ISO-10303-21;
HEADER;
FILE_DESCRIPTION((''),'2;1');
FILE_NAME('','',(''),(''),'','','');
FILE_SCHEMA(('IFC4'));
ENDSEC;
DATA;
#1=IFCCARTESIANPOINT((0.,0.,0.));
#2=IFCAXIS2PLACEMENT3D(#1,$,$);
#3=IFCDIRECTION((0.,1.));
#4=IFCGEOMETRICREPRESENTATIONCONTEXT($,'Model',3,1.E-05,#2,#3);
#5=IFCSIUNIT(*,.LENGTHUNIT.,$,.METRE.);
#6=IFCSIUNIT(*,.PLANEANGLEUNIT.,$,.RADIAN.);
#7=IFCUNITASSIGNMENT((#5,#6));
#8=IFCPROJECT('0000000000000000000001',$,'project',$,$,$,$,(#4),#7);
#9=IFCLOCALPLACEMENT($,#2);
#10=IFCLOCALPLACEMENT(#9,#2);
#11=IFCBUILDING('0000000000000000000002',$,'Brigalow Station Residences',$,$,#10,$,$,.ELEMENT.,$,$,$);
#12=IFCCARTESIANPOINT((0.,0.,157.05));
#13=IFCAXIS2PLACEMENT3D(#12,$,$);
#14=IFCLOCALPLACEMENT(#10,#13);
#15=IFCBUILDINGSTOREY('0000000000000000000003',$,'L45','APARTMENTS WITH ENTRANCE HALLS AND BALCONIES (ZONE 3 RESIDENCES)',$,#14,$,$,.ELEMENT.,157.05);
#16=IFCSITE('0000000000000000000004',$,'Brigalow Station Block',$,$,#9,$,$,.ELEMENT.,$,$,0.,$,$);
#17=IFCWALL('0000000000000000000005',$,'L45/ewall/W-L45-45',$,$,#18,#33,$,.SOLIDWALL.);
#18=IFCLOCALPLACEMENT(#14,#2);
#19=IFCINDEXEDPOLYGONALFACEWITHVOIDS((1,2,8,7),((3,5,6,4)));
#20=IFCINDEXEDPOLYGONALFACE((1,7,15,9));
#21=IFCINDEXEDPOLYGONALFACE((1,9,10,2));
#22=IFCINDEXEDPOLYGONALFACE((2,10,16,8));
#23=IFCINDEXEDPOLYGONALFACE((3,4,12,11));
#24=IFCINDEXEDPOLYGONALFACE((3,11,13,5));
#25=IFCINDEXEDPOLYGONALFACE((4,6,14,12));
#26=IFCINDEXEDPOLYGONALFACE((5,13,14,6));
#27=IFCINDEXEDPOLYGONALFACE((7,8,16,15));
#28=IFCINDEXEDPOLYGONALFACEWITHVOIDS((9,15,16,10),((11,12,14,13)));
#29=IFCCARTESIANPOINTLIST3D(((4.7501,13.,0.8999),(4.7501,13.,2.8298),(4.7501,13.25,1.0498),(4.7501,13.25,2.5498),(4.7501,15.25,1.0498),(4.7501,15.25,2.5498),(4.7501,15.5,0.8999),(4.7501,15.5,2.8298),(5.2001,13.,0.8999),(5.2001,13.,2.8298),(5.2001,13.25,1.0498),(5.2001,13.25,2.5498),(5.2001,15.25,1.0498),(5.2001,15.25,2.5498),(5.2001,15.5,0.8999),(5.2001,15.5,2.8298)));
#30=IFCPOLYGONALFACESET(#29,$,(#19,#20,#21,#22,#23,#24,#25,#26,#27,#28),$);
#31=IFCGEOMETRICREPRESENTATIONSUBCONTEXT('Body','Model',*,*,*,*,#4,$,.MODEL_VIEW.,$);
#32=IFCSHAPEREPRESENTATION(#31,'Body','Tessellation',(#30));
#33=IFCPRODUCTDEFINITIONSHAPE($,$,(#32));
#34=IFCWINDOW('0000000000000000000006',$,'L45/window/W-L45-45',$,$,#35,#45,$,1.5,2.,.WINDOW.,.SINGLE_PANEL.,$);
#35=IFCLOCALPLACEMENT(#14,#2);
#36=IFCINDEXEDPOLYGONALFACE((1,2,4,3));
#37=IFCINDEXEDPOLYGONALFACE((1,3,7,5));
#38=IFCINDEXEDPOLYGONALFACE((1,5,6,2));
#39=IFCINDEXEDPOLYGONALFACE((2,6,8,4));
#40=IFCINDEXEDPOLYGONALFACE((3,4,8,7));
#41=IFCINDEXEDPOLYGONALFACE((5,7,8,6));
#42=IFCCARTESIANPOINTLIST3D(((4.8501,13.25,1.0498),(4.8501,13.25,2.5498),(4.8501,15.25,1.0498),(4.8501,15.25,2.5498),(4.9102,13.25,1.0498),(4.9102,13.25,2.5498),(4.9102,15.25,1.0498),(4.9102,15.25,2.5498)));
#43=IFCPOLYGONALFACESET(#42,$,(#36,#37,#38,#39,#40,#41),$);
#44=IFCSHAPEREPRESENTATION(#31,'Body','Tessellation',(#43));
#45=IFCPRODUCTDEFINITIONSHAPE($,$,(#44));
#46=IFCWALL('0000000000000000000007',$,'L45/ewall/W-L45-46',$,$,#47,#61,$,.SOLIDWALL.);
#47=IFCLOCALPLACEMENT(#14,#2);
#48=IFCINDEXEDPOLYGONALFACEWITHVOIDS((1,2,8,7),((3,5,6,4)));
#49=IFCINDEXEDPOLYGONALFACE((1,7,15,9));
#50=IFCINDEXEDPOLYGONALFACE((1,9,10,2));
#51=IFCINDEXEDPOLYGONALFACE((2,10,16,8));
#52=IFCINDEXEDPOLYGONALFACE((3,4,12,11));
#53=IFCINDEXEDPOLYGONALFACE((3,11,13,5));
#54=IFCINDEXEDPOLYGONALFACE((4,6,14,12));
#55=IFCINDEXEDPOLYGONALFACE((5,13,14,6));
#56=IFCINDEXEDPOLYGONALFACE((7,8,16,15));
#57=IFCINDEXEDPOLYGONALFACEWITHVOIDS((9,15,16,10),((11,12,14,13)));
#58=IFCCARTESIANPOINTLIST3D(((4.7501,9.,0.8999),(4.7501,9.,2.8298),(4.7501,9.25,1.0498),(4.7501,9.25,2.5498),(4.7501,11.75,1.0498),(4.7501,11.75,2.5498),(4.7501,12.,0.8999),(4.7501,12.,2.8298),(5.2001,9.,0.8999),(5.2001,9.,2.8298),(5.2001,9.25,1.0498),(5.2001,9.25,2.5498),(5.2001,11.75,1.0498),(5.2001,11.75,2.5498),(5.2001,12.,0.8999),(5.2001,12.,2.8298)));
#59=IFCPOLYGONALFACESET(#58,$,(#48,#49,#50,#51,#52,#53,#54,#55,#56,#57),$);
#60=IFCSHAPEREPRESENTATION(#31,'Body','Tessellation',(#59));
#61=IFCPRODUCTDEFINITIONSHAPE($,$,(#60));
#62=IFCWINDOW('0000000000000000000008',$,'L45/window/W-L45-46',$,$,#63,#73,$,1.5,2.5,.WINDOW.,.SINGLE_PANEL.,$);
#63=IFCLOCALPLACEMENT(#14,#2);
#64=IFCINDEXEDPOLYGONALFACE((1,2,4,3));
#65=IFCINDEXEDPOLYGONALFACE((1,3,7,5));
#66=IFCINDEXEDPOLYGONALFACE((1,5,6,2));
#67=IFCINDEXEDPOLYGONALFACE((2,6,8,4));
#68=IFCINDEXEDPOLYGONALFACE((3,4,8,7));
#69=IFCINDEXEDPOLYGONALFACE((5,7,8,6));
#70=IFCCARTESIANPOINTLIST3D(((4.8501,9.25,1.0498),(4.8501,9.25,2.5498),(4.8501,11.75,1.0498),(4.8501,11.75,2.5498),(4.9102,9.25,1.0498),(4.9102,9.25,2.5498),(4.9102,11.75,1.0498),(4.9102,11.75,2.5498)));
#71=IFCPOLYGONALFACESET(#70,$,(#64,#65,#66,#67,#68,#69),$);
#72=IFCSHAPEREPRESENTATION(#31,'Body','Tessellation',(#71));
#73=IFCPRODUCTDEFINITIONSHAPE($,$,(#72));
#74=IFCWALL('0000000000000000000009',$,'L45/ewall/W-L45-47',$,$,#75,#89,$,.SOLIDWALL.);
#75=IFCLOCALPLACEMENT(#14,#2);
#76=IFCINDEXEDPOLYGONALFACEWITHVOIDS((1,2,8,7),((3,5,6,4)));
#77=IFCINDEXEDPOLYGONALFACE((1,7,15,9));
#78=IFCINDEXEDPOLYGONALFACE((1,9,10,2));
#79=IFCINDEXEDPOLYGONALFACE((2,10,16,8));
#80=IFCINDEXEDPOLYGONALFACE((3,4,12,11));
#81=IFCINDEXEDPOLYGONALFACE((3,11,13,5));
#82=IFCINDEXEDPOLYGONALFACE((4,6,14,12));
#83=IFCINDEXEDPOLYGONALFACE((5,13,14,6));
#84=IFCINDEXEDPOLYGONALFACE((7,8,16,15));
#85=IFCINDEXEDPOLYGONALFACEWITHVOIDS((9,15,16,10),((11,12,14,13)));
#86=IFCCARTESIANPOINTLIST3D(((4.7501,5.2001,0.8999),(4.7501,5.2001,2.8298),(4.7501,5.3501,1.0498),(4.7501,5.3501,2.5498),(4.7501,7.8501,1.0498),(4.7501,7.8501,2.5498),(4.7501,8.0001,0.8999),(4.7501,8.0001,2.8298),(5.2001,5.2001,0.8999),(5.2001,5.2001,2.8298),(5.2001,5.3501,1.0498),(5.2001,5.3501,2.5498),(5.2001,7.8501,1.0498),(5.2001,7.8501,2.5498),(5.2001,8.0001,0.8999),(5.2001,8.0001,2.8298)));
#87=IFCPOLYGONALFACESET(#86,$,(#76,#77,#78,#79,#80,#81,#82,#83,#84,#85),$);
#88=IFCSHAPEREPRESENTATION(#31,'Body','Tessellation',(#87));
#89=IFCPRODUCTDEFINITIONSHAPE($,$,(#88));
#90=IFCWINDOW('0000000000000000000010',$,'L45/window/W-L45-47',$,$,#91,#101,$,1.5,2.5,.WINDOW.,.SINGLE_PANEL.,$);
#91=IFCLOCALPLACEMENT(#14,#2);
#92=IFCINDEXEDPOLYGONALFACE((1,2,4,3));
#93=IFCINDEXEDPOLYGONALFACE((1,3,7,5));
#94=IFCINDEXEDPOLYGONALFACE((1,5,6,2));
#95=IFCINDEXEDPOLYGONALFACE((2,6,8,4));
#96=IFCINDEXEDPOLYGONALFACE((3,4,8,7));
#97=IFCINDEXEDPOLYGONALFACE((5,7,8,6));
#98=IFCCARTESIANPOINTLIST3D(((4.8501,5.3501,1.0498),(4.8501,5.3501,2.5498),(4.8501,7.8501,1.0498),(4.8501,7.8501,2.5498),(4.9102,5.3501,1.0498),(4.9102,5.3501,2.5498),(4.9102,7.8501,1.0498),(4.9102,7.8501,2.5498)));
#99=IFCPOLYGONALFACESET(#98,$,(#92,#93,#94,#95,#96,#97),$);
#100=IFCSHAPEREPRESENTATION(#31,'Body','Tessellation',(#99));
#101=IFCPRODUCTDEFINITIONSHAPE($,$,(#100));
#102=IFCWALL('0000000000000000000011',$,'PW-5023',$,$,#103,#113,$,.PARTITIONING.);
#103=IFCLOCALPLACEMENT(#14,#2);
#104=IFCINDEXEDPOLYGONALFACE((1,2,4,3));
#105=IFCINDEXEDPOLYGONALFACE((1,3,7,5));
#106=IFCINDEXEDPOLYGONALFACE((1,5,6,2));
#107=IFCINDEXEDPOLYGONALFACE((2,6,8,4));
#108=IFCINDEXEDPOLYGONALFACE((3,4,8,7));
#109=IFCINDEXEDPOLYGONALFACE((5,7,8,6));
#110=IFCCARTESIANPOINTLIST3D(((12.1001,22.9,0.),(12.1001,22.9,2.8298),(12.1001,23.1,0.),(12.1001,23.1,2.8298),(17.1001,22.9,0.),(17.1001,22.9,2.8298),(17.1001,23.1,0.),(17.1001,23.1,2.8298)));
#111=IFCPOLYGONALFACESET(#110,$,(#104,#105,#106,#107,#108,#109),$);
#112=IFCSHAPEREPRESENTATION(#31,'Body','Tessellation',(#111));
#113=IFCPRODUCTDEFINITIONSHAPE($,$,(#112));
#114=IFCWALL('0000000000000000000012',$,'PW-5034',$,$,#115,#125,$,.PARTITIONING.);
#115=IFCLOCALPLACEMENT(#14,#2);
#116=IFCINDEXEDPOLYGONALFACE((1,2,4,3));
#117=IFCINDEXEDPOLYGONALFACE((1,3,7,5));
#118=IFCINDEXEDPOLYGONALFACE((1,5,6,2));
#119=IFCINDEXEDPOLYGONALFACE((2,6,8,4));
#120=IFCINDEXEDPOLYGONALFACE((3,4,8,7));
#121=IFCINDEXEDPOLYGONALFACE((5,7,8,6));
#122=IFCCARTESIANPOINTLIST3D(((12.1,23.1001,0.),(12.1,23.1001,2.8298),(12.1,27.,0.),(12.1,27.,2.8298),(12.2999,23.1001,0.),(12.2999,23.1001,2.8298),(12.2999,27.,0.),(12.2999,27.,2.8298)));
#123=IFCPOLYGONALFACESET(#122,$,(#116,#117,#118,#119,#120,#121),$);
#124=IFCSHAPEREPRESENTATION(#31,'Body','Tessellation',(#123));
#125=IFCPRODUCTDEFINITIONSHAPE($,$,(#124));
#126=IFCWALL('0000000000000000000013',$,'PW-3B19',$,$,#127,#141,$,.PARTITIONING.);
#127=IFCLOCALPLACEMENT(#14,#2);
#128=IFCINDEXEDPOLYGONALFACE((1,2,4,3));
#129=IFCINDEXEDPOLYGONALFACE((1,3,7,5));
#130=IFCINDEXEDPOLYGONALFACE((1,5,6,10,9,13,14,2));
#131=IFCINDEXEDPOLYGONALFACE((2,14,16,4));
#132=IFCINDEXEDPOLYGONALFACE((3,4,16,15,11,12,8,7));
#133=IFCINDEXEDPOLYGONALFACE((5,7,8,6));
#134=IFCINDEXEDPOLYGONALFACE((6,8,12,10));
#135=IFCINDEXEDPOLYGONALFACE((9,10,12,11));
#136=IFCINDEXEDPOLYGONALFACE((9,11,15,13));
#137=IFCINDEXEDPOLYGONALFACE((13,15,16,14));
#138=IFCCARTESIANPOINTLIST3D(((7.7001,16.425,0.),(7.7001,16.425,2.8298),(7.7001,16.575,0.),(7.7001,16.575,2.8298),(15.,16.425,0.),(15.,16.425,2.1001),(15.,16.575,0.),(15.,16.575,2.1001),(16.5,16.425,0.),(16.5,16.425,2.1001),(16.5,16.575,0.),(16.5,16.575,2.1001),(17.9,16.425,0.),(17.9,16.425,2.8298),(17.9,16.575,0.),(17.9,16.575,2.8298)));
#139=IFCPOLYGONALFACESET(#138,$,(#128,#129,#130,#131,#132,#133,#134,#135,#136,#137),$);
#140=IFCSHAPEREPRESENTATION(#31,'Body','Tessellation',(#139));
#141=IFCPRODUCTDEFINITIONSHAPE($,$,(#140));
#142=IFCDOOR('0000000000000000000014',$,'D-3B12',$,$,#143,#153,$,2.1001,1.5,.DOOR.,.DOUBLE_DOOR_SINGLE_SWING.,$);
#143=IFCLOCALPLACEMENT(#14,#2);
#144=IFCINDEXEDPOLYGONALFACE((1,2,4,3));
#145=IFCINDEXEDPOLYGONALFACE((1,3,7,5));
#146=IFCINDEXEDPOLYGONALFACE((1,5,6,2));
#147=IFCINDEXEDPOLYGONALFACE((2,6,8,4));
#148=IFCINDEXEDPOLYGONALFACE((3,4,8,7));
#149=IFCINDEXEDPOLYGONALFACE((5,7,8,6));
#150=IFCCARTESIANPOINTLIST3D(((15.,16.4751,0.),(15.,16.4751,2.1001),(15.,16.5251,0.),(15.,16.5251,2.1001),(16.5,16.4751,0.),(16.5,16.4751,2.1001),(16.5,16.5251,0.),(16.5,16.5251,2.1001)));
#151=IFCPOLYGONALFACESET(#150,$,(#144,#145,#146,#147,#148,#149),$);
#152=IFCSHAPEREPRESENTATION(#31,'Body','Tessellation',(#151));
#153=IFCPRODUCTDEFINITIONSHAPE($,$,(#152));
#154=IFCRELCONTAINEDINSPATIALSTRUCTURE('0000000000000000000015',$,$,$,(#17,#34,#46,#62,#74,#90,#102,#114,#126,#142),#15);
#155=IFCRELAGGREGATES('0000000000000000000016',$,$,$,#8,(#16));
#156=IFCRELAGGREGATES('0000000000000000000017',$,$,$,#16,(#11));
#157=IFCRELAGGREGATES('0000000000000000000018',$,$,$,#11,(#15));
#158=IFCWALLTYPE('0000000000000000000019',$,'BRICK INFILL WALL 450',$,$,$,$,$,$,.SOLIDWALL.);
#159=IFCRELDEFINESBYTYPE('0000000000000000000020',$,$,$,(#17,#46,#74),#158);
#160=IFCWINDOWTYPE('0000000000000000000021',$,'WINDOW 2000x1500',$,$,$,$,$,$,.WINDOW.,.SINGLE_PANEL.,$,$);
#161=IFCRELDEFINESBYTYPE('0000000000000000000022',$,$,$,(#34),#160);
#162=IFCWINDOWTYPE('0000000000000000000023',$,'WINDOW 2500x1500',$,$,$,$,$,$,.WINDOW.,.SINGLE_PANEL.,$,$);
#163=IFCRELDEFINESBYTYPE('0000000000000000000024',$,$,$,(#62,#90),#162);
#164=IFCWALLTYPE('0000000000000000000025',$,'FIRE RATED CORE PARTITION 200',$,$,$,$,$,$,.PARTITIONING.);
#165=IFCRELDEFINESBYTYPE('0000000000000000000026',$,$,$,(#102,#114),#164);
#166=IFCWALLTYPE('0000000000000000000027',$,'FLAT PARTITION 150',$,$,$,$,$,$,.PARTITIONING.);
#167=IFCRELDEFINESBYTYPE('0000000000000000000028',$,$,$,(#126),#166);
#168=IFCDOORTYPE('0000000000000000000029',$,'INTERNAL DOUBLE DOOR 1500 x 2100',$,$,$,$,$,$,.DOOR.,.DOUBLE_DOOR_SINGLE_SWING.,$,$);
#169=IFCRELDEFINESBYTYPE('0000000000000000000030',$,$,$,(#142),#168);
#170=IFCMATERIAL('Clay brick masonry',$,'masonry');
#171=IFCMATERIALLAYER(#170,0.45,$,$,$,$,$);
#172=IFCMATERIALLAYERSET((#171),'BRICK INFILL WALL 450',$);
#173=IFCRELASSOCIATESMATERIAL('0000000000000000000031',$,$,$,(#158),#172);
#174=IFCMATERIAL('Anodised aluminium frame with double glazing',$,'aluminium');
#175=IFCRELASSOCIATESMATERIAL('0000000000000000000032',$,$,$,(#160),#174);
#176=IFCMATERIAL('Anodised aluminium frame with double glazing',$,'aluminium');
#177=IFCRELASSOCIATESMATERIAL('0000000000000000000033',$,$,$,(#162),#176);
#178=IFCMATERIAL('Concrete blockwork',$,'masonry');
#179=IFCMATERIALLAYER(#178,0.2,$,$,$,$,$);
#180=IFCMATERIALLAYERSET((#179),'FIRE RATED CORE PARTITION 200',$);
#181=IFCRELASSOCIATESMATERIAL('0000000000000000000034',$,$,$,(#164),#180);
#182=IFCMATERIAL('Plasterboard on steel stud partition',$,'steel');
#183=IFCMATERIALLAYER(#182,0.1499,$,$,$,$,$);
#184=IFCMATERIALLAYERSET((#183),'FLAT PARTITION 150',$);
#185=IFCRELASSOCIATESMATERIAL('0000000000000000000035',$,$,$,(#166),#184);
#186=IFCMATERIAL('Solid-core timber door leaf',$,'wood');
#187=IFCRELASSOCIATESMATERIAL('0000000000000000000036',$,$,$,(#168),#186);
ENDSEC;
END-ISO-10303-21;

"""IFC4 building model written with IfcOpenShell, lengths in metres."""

from ifc_helpers import new_model, si_unit, direction, frame, frame_2d, origin, place, context, subcontext, project, spatial, rectangle, extrude, material, layer, layer_set, type_object, element, fill, save


model = new_model("IFC4")

# Units and contexts
model_context = context("Model", 3, precision=1e-05, world=origin(), true_north=direction((0.0, 1.0)))
body_context = subcontext(model_context, "Body", "Model", "MODEL_VIEW")
ifc_project = project(units=[si_unit("LENGTHUNIT", "METRE"), si_unit("PLANEANGLEUNIT", "RADIAN")], contexts=[model_context])

# Site, building, storey
site_placement = place(None, origin())
site = spatial("IfcSite", under=ifc_project, at=site_placement, Name="Brigalow Station Block", CompositionType="ELEMENT", RefElevation=0.0)
building_placement = place(site_placement, origin())
building = spatial("IfcBuilding", under=site, at=building_placement, Name="Brigalow Station Residences", CompositionType="ELEMENT")
storey_placement = place(building_placement, frame((0.0, 0.0, 157.05)))
storey = spatial("IfcBuildingStorey", under=building, at=storey_placement, Name="L45", Description="APARTMENTS WITH ENTRANCE HALLS AND BALCONIES (ZONE 3 RESIDENCES)", CompositionType="ELEMENT", Elevation=157.05)

# Shared definitions
ifc_material_1 = material(Name="Clay brick masonry", Category="masonry")
ifc_layer_1 = layer(ifc_material_1, 0.45)
ifc_layer_set_1 = layer_set([ifc_layer_1], Name="BRICK INFILL WALL 450")
wall_type_1 = type_object("IfcWallType", Name="BRICK INFILL WALL 450", PredefinedType="SOLIDWALL", material=ifc_layer_set_1)

# Walls, openings, windows
wall_1_placement = place(storey_placement, frame((4.9751, 15.5, 0.8999), z_axis=(0.0, 0.0, 1.0), x_axis=(0.0, -1.0, 0.0)))
wall_1 = element("IfcWall", 1, at=wall_1_placement, inside=storey, type_object=wall_type_1, Name="L45/ewall/W-L45-45", PredefinedType="SOLIDWALL", context=body_context, shape_type="SweptSolid", body=[
    extrude(rectangle(XDim=2.5, YDim=0.45, at=frame_2d((1.25, 0.0))), origin(), (0.0, 0.0, 1.0), 1.9299),
])
opening_1_placement = place(wall_1_placement, frame((0.25, 0.0, 0.1499)))
opening_1 = element("IfcOpeningElement", 2, at=opening_1_placement, cuts=wall_1, PredefinedType="OPENING", context=body_context, shape_type="SweptSolid", body=[
    extrude(rectangle(XDim=2.0, YDim=1.5, at=frame_2d((1.0, 0.75))), frame((0.0, 0.2349, 0.0), z_axis=(0.0, -1.0, 0.0), x_axis=(1.0, 0.0, 0.0)), (0.0, 0.0, 1.0), 0.47),
])
ifc_material_2 = material(Name="Anodised aluminium frame with double glazing", Category="aluminium")
window_type_1 = type_object("IfcWindowType", Name="WINDOW 2000x1500", PartitioningType="SINGLE_PANEL", PredefinedType="WINDOW", material=ifc_material_2)
window_1_placement = place(opening_1_placement, origin())
window_1 = element("IfcWindow", 3, at=window_1_placement, inside=storey, type_object=window_type_1, Name="L45/window/W-L45-45", OverallHeight=1.5, OverallWidth=2.0, PartitioningType="SINGLE_PANEL", PredefinedType="WINDOW", context=body_context, shape_type="SweptSolid", body=[
    extrude(rectangle(XDim=2.0, YDim=1.5, at=frame_2d((1.0, 0.75))), frame((0.0, -0.0649, 0.0), z_axis=(0.0, -1.0, 0.0), x_axis=(1.0, 0.0, 0.0)), (0.0, 0.0, 1.0), 0.0601),
])
fill(opening_1, window_1)
wall_2_placement = place(storey_placement, frame((4.9751, 12.0, 0.8999), z_axis=(0.0, 0.0, 1.0), x_axis=(0.0, -1.0, 0.0)))
wall_2 = element("IfcWall", 4, at=wall_2_placement, inside=storey, type_object=wall_type_1, Name="L45/ewall/W-L45-46", PredefinedType="SOLIDWALL", context=body_context, shape_type="SweptSolid", body=[
    extrude(rectangle(XDim=3.0, YDim=0.45, at=frame_2d((1.5, 0.0))), origin(), (0.0, 0.0, 1.0), 1.9299),
])
opening_2_placement = place(wall_2_placement, frame((0.25, 0.0, 0.1499)))
opening_2 = element("IfcOpeningElement", 5, at=opening_2_placement, cuts=wall_2, PredefinedType="OPENING", context=body_context, shape_type="SweptSolid", body=[
    extrude(rectangle(XDim=2.5, YDim=1.5, at=frame_2d((1.25, 0.75))), frame((0.0, 0.2349, 0.0), z_axis=(0.0, -1.0, 0.0), x_axis=(1.0, 0.0, 0.0)), (0.0, 0.0, 1.0), 0.47),
])
ifc_material_3 = material(Name="Anodised aluminium frame with double glazing", Category="aluminium")
window_type_2 = type_object("IfcWindowType", Name="WINDOW 2500x1500", PartitioningType="SINGLE_PANEL", PredefinedType="WINDOW", material=ifc_material_3)
window_2_placement = place(opening_2_placement, origin())
window_2 = element("IfcWindow", 6, at=window_2_placement, inside=storey, type_object=window_type_2, Name="L45/window/W-L45-46", OverallHeight=1.5, OverallWidth=2.5, PartitioningType="SINGLE_PANEL", PredefinedType="WINDOW", context=body_context, shape_type="SweptSolid", body=[
    extrude(rectangle(XDim=2.5, YDim=1.5, at=frame_2d((1.25, 0.75))), frame((0.0, -0.0649, 0.0), z_axis=(0.0, -1.0, 0.0), x_axis=(1.0, 0.0, 0.0)), (0.0, 0.0, 1.0), 0.0601),
])
fill(opening_2, window_2)
wall_3_placement = place(storey_placement, frame((4.9751, 8.0, 0.8999), z_axis=(0.0, 0.0, 1.0), x_axis=(0.0, -1.0, 0.0)))
wall_3 = element("IfcWall", 7, at=wall_3_placement, inside=storey, type_object=wall_type_1, Name="L45/ewall/W-L45-47", PredefinedType="SOLIDWALL", context=body_context, shape_type="SweptSolid", body=[
    extrude(rectangle(XDim=2.8, YDim=0.45, at=frame_2d((1.3999, 0.0))), origin(), (0.0, 0.0, 1.0), 1.9299),
])
opening_3_placement = place(wall_3_placement, frame((0.1499, 0.0, 0.1499)))
opening_3 = element("IfcOpeningElement", 8, at=opening_3_placement, cuts=wall_3, PredefinedType="OPENING", context=body_context, shape_type="SweptSolid", body=[
    extrude(rectangle(XDim=2.5, YDim=1.5, at=frame_2d((1.25, 0.75))), frame((0.0, 0.2349, 0.0), z_axis=(0.0, -1.0, 0.0), x_axis=(1.0, 0.0, 0.0)), (0.0, 0.0, 1.0), 0.47),
])
window_3_placement = place(opening_3_placement, origin())
window_3 = element("IfcWindow", 9, at=window_3_placement, inside=storey, type_object=window_type_2, Name="L45/window/W-L45-47", OverallHeight=1.5, OverallWidth=2.5, PartitioningType="SINGLE_PANEL", PredefinedType="WINDOW", context=body_context, shape_type="SweptSolid", body=[
    extrude(rectangle(XDim=2.5, YDim=1.5, at=frame_2d((1.25, 0.75))), frame((0.0, -0.0649, 0.0), z_axis=(0.0, -1.0, 0.0), x_axis=(1.0, 0.0, 0.0)), (0.0, 0.0, 1.0), 0.0601),
])
fill(opening_3, window_3)

# Walls
ifc_material_4 = material(Name="Concrete blockwork", Category="masonry")
ifc_layer_2 = layer(ifc_material_4, 0.2)
ifc_layer_set_2 = layer_set([ifc_layer_2], Name="FIRE RATED CORE PARTITION 200")
wall_type_2 = type_object("IfcWallType", Name="FIRE RATED CORE PARTITION 200", PredefinedType="PARTITIONING", material=ifc_layer_set_2)
wall_4_placement = place(storey_placement, frame((12.1001, 23.0, 0.0), z_axis=(0.0, 0.0, 1.0), x_axis=(1.0, 0.0, 0.0)))
element("IfcWall", 10, at=wall_4_placement, inside=storey, type_object=wall_type_2, Name="PW-5023", PredefinedType="PARTITIONING", context=body_context, shape_type="SweptSolid", body=[
    extrude(rectangle(XDim=5.0, YDim=0.2, at=frame_2d((2.5, 0.0))), origin(), (0.0, 0.0, 1.0), 2.8298),
])
wall_5_placement = place(storey_placement, frame((12.2, 23.1001, 0.0), z_axis=(0.0, 0.0, 1.0), x_axis=(0.0, 1.0, 0.0)))
element("IfcWall", 11, at=wall_5_placement, inside=storey, type_object=wall_type_2, Name="PW-5034", PredefinedType="PARTITIONING", context=body_context, shape_type="SweptSolid", body=[
    extrude(rectangle(XDim=3.8999, YDim=0.2, at=frame_2d((1.95, 0.0))), origin(), (0.0, 0.0, 1.0), 2.8298),
])

# Wall, opening, door
ifc_material_5 = material(Name="Plasterboard on steel stud partition", Category="steel")
ifc_layer_3 = layer(ifc_material_5, 0.1499)
ifc_layer_set_3 = layer_set([ifc_layer_3], Name="FLAT PARTITION 150")
wall_type_3 = type_object("IfcWallType", Name="FLAT PARTITION 150", PredefinedType="PARTITIONING", material=ifc_layer_set_3)
wall_6_placement = place(storey_placement, frame((7.7, 16.5, 0.0), z_axis=(0.0, 0.0, 1.0), x_axis=(1.0, 0.0, 0.0)))
wall_6 = element("IfcWall", 12, at=wall_6_placement, inside=storey, type_object=wall_type_3, Name="PW-3B19", PredefinedType="PARTITIONING", context=body_context, shape_type="SweptSolid", body=[
    extrude(rectangle(XDim=10.2, YDim=0.1499, at=frame_2d((5.1001, 0.0))), origin(), (0.0, 0.0, 1.0), 2.8298),
])
opening_4_placement = place(wall_6_placement, frame((7.3, 0.0, 0.0)))
opening_4 = element("IfcOpeningElement", 13, at=opening_4_placement, cuts=wall_6, PredefinedType="OPENING", context=body_context, shape_type="SweptSolid", body=[
    extrude(rectangle(XDim=1.5, YDim=2.1001, at=frame_2d((0.75, 1.05))), frame((0.0, 0.085, 0.0), z_axis=(0.0, -1.0, 0.0), x_axis=(1.0, 0.0, 0.0)), (0.0, 0.0, 1.0), 0.1699),
])
ifc_material_6 = material(Name="Solid-core timber door leaf", Category="wood")
door_type_1 = type_object("IfcDoorType", Name="INTERNAL DOUBLE DOOR 1500 x 2100", OperationType="DOUBLE_DOOR_SINGLE_SWING", PredefinedType="DOOR", material=ifc_material_6)
door_1_placement = place(opening_4_placement, frame((1.5, 0.0, 0.0), z_axis=(0.0, 0.0, 1.0), x_axis=(-1.0, 0.0, 0.0)))
door_1 = element("IfcDoor", 14, at=door_1_placement, inside=storey, type_object=door_type_1, Name="D-3B12", OperationType="DOUBLE_DOOR_SINGLE_SWING", OverallHeight=2.1001, OverallWidth=1.5, PredefinedType="DOOR", context=body_context, shape_type="SweptSolid", body=[
    extrude(rectangle(XDim=1.5, YDim=2.1001, at=frame_2d((0.75, 1.05))), frame((0.0, 0.0249, 0.0), z_axis=(0.0, -1.0, 0.0), x_axis=(1.0, 0.0, 0.0)), (0.0, 0.0, 1.0), 0.05),
])
fill(opening_4, door_1)

save(model, "model.ifc")
